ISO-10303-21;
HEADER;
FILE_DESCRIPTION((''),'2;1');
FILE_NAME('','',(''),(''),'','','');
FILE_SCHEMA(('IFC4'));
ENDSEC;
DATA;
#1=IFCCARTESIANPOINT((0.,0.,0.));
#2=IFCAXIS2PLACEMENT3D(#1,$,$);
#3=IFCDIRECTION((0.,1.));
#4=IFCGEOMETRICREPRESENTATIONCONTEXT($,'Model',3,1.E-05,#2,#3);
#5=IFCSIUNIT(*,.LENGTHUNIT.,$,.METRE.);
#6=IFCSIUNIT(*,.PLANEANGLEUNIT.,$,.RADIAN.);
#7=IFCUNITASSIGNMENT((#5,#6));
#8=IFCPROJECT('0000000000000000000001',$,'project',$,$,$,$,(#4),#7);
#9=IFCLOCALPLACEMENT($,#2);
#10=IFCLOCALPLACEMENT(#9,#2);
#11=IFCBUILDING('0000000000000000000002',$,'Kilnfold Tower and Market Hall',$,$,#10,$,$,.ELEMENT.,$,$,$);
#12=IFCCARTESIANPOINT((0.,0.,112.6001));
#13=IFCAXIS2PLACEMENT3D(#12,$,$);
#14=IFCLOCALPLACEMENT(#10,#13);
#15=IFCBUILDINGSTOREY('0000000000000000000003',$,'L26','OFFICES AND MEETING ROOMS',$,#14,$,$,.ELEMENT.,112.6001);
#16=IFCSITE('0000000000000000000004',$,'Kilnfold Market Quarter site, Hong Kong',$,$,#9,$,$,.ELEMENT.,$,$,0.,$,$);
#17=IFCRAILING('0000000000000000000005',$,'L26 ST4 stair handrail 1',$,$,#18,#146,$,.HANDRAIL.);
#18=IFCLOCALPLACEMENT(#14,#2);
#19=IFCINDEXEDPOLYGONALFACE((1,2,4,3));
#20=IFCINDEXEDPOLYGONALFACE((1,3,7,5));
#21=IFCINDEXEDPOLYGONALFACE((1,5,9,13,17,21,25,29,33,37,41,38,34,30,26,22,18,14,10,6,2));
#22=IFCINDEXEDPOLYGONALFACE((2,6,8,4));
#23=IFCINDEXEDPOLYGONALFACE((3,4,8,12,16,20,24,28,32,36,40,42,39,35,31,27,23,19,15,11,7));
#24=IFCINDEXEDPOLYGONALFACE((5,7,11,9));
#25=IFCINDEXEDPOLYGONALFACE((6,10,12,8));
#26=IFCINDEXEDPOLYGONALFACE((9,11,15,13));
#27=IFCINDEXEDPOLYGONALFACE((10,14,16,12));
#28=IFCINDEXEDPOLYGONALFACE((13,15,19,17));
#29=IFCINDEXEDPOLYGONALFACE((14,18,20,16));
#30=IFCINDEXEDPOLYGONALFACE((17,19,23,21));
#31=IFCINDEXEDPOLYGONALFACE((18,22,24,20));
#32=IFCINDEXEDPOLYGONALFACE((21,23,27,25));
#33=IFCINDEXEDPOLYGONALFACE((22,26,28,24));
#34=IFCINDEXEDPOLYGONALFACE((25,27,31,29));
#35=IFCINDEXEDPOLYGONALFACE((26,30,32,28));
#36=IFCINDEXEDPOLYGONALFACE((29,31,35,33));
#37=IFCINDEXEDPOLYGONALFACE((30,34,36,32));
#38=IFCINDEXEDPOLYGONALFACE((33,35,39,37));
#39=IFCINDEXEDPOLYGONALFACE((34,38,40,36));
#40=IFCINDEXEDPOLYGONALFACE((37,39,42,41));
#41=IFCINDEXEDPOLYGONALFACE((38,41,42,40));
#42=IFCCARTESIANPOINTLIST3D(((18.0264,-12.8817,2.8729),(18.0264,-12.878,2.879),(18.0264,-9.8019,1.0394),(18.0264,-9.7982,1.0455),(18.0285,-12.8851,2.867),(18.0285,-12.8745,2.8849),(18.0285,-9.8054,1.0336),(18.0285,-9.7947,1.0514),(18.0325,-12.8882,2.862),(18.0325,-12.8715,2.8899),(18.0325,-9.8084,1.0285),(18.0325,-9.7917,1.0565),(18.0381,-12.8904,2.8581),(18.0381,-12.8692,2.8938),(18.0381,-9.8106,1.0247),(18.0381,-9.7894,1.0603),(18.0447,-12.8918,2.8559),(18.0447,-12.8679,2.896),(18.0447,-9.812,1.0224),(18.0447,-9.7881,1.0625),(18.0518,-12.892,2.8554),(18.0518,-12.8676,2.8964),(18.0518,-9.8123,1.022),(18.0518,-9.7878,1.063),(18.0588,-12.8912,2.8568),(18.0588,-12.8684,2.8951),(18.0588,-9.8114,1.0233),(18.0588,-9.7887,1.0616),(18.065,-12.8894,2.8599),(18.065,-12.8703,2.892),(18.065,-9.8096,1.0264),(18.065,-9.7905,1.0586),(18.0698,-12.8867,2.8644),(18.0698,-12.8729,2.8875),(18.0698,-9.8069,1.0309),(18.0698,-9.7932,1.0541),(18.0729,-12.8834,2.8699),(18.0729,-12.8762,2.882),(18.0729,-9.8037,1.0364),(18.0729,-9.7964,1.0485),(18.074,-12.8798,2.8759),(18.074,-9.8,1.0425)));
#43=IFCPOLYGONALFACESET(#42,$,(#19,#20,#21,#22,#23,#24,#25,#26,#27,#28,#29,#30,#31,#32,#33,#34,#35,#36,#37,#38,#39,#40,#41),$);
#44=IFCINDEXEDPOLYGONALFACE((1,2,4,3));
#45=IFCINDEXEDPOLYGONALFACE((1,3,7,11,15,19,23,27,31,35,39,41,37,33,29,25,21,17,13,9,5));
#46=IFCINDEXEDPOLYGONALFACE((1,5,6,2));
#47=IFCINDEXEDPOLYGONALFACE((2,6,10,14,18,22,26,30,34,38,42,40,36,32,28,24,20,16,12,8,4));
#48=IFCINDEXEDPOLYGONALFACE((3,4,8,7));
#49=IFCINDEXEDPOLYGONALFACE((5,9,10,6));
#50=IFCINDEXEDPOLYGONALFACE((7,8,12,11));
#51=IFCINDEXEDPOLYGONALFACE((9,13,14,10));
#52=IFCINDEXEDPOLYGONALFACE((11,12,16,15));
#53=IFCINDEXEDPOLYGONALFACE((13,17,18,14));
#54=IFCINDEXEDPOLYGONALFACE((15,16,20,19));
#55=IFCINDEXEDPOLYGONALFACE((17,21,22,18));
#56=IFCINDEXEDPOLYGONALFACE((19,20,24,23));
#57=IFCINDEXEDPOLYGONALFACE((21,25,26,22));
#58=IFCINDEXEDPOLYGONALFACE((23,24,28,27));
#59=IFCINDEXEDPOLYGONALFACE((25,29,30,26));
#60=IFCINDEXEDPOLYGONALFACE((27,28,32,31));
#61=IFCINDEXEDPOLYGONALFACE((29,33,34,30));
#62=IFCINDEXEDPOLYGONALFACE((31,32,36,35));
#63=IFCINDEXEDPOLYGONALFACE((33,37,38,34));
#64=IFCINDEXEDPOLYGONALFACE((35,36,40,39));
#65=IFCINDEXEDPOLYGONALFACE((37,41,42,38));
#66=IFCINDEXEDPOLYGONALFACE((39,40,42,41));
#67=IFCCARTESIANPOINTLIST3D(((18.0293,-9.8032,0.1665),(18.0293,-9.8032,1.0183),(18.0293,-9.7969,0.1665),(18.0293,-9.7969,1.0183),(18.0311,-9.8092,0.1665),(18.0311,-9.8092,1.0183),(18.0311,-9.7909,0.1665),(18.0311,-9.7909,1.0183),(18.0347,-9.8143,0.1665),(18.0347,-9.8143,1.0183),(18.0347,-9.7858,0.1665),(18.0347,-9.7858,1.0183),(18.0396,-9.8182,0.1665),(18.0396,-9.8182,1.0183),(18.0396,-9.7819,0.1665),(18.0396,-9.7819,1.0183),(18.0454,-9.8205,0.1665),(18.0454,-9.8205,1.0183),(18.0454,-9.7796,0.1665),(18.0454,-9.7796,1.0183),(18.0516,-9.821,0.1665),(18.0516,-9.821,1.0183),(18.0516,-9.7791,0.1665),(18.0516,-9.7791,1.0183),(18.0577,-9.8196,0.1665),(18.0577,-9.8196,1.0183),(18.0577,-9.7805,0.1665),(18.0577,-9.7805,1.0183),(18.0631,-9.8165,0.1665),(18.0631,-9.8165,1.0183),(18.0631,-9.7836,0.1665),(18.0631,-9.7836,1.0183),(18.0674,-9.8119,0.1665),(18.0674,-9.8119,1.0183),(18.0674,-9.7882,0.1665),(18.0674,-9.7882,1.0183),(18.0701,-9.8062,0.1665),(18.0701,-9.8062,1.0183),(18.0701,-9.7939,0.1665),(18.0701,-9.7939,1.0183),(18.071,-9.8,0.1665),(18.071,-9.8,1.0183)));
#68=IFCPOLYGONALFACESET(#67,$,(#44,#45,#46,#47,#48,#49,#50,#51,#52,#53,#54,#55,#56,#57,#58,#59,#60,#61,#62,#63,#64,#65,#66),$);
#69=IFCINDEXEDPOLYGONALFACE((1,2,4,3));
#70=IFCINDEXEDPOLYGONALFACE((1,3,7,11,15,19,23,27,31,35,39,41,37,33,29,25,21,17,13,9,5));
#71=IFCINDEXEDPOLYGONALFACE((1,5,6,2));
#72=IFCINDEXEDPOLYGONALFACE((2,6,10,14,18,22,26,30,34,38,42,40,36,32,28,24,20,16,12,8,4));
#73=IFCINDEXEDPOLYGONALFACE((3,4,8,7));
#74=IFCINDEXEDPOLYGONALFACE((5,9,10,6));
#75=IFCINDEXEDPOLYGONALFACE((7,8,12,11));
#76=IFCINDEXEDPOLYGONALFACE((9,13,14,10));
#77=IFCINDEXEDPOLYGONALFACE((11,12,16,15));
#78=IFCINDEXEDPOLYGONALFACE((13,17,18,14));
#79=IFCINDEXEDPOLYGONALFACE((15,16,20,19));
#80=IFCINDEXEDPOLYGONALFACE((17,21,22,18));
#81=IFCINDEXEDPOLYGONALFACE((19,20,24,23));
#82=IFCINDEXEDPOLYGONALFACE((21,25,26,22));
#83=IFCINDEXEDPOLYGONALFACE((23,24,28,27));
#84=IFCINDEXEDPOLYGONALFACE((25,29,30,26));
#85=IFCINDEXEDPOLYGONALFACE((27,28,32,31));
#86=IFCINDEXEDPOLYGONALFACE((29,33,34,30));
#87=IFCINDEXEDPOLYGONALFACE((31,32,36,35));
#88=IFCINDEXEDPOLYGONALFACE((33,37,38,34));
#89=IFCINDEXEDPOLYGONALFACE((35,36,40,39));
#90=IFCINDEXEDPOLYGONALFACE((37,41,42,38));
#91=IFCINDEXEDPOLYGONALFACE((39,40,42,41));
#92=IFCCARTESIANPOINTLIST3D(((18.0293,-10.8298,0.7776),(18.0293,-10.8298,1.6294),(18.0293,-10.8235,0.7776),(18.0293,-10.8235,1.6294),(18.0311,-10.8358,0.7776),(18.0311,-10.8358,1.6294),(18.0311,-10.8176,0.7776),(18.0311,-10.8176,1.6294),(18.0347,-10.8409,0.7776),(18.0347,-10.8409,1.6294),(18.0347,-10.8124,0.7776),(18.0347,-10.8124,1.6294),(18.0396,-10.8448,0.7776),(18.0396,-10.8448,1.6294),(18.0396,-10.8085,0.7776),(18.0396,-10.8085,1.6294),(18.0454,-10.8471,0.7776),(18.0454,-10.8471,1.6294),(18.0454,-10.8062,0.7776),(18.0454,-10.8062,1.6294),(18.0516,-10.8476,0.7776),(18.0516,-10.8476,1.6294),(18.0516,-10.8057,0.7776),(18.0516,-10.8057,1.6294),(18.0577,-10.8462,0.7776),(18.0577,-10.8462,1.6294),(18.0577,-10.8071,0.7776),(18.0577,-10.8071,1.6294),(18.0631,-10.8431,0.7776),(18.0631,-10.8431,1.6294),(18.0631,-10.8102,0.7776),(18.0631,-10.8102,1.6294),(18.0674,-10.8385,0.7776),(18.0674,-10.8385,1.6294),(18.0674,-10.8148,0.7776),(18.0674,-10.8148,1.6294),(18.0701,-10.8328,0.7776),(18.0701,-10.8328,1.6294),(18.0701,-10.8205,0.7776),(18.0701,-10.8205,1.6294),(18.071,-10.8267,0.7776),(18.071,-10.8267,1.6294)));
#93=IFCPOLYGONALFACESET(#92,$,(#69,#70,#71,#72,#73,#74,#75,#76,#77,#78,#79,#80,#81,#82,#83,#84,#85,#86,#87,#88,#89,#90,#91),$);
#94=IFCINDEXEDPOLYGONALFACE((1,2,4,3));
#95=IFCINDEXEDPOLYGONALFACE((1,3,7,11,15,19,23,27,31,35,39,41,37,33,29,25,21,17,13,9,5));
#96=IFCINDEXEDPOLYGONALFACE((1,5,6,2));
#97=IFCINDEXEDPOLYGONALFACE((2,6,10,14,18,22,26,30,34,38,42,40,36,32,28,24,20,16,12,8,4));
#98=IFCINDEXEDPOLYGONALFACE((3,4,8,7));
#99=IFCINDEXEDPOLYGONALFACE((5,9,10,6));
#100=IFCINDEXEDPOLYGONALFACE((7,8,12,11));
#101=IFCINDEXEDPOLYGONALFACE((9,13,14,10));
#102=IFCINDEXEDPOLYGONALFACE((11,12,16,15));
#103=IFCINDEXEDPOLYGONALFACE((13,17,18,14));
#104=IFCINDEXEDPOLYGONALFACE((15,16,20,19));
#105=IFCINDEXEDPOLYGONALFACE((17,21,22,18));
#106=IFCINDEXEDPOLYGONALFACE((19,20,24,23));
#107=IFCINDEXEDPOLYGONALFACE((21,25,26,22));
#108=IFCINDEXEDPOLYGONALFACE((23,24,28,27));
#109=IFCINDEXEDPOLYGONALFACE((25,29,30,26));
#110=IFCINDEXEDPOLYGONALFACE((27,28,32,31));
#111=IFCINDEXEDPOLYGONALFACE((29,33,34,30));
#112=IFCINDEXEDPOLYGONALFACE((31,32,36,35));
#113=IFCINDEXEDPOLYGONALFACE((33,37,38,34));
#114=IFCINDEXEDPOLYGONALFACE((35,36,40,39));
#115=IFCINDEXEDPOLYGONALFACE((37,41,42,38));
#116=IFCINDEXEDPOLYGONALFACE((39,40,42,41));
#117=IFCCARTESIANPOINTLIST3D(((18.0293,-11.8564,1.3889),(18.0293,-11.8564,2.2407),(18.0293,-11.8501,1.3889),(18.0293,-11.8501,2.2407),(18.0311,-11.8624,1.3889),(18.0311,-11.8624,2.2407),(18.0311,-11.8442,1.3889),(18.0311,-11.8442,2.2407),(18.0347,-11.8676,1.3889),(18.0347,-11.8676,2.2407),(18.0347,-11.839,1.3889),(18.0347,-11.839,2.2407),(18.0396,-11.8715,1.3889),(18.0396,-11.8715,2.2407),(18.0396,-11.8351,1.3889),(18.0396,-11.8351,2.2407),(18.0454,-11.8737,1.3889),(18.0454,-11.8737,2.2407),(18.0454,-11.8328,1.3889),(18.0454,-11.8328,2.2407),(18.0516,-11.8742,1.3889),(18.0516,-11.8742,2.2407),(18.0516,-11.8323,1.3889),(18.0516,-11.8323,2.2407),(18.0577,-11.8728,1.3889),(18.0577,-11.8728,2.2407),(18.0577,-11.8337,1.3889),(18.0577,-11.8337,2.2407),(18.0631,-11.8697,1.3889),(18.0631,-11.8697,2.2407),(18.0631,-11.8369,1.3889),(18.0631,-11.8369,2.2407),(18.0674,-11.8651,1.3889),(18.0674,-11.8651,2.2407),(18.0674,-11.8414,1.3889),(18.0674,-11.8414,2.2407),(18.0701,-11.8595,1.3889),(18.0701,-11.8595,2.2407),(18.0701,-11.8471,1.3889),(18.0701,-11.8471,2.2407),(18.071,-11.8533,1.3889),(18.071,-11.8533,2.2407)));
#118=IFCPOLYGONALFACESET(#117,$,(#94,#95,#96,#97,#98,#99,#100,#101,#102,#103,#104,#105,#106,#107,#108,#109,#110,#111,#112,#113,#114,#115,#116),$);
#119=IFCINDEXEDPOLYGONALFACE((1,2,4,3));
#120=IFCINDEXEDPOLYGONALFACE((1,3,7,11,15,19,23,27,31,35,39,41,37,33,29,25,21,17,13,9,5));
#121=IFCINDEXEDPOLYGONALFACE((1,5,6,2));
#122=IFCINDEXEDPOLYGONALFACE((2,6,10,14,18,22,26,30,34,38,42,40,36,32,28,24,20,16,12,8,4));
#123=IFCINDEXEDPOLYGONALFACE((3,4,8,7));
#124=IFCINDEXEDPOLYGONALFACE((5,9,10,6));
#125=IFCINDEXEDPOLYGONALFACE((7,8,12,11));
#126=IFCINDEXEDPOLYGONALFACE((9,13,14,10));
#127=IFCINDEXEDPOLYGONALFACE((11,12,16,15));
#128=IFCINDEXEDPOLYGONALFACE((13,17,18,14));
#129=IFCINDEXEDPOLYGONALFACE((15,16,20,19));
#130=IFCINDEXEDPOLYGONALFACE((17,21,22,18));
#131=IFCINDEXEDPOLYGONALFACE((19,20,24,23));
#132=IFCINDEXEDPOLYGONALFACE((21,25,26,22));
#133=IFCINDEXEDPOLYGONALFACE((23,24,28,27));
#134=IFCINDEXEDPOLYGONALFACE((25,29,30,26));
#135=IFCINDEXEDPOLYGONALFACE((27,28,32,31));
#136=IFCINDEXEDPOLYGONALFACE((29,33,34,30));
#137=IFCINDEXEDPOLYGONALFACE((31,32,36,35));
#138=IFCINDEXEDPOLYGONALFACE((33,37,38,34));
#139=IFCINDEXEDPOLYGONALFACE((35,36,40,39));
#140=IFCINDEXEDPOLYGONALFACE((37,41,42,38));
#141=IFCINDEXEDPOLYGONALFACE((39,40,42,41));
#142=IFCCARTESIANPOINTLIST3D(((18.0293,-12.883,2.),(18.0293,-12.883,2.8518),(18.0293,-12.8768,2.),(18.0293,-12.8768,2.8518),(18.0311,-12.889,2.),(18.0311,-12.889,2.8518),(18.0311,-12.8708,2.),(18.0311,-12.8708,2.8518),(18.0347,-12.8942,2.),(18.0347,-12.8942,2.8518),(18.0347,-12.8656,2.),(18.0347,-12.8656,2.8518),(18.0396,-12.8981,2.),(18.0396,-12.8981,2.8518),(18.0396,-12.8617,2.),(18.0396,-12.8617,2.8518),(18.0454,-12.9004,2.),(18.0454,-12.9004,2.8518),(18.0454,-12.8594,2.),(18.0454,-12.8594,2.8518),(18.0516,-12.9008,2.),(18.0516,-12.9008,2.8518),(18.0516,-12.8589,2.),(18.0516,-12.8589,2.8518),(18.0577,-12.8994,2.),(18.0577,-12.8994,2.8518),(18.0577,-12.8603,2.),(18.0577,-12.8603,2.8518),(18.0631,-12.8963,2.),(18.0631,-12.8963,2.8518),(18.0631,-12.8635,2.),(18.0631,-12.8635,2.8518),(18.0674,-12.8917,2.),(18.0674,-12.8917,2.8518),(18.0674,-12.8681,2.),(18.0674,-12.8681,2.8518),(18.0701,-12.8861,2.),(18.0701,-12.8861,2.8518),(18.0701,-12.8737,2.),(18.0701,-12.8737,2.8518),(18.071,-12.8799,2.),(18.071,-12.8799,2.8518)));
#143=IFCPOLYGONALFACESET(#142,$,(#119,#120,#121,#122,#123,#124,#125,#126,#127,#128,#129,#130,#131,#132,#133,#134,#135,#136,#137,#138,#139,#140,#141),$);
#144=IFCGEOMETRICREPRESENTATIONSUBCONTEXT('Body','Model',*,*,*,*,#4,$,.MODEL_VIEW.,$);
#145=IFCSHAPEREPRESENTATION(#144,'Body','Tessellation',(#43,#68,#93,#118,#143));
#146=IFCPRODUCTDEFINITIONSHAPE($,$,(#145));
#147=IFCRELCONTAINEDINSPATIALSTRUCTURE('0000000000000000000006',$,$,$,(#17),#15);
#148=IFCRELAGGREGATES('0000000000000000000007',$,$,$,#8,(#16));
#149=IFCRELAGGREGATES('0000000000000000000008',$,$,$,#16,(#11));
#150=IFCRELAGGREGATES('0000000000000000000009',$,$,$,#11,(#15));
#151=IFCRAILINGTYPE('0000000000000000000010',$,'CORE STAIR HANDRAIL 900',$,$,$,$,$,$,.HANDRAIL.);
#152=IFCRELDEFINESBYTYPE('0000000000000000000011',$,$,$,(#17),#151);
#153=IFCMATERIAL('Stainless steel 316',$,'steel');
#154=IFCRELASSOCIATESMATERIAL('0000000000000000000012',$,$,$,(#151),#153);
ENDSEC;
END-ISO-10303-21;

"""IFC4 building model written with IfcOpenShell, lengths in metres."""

from ifc_helpers import new_model, si_unit, direction, frame, origin, origin_2d, place, context, subcontext, project, spatial, circle, extrude, material, type_object, element, save


model = new_model("IFC4")

# Units and contexts
model_context = context("Model", 3, precision=1e-05, world=origin(), true_north=direction((0.0, 1.0)))
body_context = subcontext(model_context, "Body", "Model", "MODEL_VIEW")
ifc_project = project(units=[si_unit("LENGTHUNIT", "METRE"), si_unit("PLANEANGLEUNIT", "RADIAN")], contexts=[model_context])

# Site, building, storey
site_placement = place(None, origin())
site = spatial("IfcSite", under=ifc_project, at=site_placement, Name="Kilnfold Market Quarter site, Hong Kong", CompositionType="ELEMENT", RefElevation=0.0)
building_placement = place(site_placement, origin())
building = spatial("IfcBuilding", under=site, at=building_placement, Name="Kilnfold Tower and Market Hall", CompositionType="ELEMENT")
storey_placement = place(building_placement, frame((0.0, 0.0, 112.6001)))
storey = spatial("IfcBuildingStorey", under=building, at=storey_placement, Name="L26", Description="OFFICES AND MEETING ROOMS", CompositionType="ELEMENT", Elevation=112.6001)

# Railing
ifc_material_1 = material(Name="Stainless steel 316", Category="steel")
railing_type_1 = type_object("IfcRailingType", Name="CORE STAIR HANDRAIL 900", PredefinedType="HANDRAIL", material=ifc_material_1)
railing_1_placement = place(storey_placement, frame((18.05, -9.8, 0.1665)))
element("IfcRailing", 1, at=railing_1_placement, inside=storey, type_object=railing_type_1, Name="L26 ST4 stair handrail 1", PredefinedType="HANDRAIL", context=body_context, shape_type="SweptSolid", body=[
    extrude(circle(Radius=0.0239, at=origin_2d()), frame((0.0, 0.0, 0.876), z_axis=(0.0, -0.859261, 0.511538), x_axis=(1.0, 0.0, 0.0)), (0.0, 0.0, 1.0), 3.5842),
    extrude(circle(Radius=0.021, at=origin_2d()), origin(), (0.0, 0.0, 1.0), 0.8518),
    extrude(circle(Radius=0.021, at=origin_2d()), frame((0.0, -1.0266, 0.6111)), (0.0, 0.0, 1.0), 0.8518),
    extrude(circle(Radius=0.021, at=origin_2d()), frame((0.0, -2.0532, 1.2224)), (0.0, 0.0, 1.0), 0.8518),
    extrude(circle(Radius=0.021, at=origin_2d()), frame((0.0, -3.0798, 1.8335)), (0.0, 0.0, 1.0), 0.8518),
])

save(model, "model.ifc")
